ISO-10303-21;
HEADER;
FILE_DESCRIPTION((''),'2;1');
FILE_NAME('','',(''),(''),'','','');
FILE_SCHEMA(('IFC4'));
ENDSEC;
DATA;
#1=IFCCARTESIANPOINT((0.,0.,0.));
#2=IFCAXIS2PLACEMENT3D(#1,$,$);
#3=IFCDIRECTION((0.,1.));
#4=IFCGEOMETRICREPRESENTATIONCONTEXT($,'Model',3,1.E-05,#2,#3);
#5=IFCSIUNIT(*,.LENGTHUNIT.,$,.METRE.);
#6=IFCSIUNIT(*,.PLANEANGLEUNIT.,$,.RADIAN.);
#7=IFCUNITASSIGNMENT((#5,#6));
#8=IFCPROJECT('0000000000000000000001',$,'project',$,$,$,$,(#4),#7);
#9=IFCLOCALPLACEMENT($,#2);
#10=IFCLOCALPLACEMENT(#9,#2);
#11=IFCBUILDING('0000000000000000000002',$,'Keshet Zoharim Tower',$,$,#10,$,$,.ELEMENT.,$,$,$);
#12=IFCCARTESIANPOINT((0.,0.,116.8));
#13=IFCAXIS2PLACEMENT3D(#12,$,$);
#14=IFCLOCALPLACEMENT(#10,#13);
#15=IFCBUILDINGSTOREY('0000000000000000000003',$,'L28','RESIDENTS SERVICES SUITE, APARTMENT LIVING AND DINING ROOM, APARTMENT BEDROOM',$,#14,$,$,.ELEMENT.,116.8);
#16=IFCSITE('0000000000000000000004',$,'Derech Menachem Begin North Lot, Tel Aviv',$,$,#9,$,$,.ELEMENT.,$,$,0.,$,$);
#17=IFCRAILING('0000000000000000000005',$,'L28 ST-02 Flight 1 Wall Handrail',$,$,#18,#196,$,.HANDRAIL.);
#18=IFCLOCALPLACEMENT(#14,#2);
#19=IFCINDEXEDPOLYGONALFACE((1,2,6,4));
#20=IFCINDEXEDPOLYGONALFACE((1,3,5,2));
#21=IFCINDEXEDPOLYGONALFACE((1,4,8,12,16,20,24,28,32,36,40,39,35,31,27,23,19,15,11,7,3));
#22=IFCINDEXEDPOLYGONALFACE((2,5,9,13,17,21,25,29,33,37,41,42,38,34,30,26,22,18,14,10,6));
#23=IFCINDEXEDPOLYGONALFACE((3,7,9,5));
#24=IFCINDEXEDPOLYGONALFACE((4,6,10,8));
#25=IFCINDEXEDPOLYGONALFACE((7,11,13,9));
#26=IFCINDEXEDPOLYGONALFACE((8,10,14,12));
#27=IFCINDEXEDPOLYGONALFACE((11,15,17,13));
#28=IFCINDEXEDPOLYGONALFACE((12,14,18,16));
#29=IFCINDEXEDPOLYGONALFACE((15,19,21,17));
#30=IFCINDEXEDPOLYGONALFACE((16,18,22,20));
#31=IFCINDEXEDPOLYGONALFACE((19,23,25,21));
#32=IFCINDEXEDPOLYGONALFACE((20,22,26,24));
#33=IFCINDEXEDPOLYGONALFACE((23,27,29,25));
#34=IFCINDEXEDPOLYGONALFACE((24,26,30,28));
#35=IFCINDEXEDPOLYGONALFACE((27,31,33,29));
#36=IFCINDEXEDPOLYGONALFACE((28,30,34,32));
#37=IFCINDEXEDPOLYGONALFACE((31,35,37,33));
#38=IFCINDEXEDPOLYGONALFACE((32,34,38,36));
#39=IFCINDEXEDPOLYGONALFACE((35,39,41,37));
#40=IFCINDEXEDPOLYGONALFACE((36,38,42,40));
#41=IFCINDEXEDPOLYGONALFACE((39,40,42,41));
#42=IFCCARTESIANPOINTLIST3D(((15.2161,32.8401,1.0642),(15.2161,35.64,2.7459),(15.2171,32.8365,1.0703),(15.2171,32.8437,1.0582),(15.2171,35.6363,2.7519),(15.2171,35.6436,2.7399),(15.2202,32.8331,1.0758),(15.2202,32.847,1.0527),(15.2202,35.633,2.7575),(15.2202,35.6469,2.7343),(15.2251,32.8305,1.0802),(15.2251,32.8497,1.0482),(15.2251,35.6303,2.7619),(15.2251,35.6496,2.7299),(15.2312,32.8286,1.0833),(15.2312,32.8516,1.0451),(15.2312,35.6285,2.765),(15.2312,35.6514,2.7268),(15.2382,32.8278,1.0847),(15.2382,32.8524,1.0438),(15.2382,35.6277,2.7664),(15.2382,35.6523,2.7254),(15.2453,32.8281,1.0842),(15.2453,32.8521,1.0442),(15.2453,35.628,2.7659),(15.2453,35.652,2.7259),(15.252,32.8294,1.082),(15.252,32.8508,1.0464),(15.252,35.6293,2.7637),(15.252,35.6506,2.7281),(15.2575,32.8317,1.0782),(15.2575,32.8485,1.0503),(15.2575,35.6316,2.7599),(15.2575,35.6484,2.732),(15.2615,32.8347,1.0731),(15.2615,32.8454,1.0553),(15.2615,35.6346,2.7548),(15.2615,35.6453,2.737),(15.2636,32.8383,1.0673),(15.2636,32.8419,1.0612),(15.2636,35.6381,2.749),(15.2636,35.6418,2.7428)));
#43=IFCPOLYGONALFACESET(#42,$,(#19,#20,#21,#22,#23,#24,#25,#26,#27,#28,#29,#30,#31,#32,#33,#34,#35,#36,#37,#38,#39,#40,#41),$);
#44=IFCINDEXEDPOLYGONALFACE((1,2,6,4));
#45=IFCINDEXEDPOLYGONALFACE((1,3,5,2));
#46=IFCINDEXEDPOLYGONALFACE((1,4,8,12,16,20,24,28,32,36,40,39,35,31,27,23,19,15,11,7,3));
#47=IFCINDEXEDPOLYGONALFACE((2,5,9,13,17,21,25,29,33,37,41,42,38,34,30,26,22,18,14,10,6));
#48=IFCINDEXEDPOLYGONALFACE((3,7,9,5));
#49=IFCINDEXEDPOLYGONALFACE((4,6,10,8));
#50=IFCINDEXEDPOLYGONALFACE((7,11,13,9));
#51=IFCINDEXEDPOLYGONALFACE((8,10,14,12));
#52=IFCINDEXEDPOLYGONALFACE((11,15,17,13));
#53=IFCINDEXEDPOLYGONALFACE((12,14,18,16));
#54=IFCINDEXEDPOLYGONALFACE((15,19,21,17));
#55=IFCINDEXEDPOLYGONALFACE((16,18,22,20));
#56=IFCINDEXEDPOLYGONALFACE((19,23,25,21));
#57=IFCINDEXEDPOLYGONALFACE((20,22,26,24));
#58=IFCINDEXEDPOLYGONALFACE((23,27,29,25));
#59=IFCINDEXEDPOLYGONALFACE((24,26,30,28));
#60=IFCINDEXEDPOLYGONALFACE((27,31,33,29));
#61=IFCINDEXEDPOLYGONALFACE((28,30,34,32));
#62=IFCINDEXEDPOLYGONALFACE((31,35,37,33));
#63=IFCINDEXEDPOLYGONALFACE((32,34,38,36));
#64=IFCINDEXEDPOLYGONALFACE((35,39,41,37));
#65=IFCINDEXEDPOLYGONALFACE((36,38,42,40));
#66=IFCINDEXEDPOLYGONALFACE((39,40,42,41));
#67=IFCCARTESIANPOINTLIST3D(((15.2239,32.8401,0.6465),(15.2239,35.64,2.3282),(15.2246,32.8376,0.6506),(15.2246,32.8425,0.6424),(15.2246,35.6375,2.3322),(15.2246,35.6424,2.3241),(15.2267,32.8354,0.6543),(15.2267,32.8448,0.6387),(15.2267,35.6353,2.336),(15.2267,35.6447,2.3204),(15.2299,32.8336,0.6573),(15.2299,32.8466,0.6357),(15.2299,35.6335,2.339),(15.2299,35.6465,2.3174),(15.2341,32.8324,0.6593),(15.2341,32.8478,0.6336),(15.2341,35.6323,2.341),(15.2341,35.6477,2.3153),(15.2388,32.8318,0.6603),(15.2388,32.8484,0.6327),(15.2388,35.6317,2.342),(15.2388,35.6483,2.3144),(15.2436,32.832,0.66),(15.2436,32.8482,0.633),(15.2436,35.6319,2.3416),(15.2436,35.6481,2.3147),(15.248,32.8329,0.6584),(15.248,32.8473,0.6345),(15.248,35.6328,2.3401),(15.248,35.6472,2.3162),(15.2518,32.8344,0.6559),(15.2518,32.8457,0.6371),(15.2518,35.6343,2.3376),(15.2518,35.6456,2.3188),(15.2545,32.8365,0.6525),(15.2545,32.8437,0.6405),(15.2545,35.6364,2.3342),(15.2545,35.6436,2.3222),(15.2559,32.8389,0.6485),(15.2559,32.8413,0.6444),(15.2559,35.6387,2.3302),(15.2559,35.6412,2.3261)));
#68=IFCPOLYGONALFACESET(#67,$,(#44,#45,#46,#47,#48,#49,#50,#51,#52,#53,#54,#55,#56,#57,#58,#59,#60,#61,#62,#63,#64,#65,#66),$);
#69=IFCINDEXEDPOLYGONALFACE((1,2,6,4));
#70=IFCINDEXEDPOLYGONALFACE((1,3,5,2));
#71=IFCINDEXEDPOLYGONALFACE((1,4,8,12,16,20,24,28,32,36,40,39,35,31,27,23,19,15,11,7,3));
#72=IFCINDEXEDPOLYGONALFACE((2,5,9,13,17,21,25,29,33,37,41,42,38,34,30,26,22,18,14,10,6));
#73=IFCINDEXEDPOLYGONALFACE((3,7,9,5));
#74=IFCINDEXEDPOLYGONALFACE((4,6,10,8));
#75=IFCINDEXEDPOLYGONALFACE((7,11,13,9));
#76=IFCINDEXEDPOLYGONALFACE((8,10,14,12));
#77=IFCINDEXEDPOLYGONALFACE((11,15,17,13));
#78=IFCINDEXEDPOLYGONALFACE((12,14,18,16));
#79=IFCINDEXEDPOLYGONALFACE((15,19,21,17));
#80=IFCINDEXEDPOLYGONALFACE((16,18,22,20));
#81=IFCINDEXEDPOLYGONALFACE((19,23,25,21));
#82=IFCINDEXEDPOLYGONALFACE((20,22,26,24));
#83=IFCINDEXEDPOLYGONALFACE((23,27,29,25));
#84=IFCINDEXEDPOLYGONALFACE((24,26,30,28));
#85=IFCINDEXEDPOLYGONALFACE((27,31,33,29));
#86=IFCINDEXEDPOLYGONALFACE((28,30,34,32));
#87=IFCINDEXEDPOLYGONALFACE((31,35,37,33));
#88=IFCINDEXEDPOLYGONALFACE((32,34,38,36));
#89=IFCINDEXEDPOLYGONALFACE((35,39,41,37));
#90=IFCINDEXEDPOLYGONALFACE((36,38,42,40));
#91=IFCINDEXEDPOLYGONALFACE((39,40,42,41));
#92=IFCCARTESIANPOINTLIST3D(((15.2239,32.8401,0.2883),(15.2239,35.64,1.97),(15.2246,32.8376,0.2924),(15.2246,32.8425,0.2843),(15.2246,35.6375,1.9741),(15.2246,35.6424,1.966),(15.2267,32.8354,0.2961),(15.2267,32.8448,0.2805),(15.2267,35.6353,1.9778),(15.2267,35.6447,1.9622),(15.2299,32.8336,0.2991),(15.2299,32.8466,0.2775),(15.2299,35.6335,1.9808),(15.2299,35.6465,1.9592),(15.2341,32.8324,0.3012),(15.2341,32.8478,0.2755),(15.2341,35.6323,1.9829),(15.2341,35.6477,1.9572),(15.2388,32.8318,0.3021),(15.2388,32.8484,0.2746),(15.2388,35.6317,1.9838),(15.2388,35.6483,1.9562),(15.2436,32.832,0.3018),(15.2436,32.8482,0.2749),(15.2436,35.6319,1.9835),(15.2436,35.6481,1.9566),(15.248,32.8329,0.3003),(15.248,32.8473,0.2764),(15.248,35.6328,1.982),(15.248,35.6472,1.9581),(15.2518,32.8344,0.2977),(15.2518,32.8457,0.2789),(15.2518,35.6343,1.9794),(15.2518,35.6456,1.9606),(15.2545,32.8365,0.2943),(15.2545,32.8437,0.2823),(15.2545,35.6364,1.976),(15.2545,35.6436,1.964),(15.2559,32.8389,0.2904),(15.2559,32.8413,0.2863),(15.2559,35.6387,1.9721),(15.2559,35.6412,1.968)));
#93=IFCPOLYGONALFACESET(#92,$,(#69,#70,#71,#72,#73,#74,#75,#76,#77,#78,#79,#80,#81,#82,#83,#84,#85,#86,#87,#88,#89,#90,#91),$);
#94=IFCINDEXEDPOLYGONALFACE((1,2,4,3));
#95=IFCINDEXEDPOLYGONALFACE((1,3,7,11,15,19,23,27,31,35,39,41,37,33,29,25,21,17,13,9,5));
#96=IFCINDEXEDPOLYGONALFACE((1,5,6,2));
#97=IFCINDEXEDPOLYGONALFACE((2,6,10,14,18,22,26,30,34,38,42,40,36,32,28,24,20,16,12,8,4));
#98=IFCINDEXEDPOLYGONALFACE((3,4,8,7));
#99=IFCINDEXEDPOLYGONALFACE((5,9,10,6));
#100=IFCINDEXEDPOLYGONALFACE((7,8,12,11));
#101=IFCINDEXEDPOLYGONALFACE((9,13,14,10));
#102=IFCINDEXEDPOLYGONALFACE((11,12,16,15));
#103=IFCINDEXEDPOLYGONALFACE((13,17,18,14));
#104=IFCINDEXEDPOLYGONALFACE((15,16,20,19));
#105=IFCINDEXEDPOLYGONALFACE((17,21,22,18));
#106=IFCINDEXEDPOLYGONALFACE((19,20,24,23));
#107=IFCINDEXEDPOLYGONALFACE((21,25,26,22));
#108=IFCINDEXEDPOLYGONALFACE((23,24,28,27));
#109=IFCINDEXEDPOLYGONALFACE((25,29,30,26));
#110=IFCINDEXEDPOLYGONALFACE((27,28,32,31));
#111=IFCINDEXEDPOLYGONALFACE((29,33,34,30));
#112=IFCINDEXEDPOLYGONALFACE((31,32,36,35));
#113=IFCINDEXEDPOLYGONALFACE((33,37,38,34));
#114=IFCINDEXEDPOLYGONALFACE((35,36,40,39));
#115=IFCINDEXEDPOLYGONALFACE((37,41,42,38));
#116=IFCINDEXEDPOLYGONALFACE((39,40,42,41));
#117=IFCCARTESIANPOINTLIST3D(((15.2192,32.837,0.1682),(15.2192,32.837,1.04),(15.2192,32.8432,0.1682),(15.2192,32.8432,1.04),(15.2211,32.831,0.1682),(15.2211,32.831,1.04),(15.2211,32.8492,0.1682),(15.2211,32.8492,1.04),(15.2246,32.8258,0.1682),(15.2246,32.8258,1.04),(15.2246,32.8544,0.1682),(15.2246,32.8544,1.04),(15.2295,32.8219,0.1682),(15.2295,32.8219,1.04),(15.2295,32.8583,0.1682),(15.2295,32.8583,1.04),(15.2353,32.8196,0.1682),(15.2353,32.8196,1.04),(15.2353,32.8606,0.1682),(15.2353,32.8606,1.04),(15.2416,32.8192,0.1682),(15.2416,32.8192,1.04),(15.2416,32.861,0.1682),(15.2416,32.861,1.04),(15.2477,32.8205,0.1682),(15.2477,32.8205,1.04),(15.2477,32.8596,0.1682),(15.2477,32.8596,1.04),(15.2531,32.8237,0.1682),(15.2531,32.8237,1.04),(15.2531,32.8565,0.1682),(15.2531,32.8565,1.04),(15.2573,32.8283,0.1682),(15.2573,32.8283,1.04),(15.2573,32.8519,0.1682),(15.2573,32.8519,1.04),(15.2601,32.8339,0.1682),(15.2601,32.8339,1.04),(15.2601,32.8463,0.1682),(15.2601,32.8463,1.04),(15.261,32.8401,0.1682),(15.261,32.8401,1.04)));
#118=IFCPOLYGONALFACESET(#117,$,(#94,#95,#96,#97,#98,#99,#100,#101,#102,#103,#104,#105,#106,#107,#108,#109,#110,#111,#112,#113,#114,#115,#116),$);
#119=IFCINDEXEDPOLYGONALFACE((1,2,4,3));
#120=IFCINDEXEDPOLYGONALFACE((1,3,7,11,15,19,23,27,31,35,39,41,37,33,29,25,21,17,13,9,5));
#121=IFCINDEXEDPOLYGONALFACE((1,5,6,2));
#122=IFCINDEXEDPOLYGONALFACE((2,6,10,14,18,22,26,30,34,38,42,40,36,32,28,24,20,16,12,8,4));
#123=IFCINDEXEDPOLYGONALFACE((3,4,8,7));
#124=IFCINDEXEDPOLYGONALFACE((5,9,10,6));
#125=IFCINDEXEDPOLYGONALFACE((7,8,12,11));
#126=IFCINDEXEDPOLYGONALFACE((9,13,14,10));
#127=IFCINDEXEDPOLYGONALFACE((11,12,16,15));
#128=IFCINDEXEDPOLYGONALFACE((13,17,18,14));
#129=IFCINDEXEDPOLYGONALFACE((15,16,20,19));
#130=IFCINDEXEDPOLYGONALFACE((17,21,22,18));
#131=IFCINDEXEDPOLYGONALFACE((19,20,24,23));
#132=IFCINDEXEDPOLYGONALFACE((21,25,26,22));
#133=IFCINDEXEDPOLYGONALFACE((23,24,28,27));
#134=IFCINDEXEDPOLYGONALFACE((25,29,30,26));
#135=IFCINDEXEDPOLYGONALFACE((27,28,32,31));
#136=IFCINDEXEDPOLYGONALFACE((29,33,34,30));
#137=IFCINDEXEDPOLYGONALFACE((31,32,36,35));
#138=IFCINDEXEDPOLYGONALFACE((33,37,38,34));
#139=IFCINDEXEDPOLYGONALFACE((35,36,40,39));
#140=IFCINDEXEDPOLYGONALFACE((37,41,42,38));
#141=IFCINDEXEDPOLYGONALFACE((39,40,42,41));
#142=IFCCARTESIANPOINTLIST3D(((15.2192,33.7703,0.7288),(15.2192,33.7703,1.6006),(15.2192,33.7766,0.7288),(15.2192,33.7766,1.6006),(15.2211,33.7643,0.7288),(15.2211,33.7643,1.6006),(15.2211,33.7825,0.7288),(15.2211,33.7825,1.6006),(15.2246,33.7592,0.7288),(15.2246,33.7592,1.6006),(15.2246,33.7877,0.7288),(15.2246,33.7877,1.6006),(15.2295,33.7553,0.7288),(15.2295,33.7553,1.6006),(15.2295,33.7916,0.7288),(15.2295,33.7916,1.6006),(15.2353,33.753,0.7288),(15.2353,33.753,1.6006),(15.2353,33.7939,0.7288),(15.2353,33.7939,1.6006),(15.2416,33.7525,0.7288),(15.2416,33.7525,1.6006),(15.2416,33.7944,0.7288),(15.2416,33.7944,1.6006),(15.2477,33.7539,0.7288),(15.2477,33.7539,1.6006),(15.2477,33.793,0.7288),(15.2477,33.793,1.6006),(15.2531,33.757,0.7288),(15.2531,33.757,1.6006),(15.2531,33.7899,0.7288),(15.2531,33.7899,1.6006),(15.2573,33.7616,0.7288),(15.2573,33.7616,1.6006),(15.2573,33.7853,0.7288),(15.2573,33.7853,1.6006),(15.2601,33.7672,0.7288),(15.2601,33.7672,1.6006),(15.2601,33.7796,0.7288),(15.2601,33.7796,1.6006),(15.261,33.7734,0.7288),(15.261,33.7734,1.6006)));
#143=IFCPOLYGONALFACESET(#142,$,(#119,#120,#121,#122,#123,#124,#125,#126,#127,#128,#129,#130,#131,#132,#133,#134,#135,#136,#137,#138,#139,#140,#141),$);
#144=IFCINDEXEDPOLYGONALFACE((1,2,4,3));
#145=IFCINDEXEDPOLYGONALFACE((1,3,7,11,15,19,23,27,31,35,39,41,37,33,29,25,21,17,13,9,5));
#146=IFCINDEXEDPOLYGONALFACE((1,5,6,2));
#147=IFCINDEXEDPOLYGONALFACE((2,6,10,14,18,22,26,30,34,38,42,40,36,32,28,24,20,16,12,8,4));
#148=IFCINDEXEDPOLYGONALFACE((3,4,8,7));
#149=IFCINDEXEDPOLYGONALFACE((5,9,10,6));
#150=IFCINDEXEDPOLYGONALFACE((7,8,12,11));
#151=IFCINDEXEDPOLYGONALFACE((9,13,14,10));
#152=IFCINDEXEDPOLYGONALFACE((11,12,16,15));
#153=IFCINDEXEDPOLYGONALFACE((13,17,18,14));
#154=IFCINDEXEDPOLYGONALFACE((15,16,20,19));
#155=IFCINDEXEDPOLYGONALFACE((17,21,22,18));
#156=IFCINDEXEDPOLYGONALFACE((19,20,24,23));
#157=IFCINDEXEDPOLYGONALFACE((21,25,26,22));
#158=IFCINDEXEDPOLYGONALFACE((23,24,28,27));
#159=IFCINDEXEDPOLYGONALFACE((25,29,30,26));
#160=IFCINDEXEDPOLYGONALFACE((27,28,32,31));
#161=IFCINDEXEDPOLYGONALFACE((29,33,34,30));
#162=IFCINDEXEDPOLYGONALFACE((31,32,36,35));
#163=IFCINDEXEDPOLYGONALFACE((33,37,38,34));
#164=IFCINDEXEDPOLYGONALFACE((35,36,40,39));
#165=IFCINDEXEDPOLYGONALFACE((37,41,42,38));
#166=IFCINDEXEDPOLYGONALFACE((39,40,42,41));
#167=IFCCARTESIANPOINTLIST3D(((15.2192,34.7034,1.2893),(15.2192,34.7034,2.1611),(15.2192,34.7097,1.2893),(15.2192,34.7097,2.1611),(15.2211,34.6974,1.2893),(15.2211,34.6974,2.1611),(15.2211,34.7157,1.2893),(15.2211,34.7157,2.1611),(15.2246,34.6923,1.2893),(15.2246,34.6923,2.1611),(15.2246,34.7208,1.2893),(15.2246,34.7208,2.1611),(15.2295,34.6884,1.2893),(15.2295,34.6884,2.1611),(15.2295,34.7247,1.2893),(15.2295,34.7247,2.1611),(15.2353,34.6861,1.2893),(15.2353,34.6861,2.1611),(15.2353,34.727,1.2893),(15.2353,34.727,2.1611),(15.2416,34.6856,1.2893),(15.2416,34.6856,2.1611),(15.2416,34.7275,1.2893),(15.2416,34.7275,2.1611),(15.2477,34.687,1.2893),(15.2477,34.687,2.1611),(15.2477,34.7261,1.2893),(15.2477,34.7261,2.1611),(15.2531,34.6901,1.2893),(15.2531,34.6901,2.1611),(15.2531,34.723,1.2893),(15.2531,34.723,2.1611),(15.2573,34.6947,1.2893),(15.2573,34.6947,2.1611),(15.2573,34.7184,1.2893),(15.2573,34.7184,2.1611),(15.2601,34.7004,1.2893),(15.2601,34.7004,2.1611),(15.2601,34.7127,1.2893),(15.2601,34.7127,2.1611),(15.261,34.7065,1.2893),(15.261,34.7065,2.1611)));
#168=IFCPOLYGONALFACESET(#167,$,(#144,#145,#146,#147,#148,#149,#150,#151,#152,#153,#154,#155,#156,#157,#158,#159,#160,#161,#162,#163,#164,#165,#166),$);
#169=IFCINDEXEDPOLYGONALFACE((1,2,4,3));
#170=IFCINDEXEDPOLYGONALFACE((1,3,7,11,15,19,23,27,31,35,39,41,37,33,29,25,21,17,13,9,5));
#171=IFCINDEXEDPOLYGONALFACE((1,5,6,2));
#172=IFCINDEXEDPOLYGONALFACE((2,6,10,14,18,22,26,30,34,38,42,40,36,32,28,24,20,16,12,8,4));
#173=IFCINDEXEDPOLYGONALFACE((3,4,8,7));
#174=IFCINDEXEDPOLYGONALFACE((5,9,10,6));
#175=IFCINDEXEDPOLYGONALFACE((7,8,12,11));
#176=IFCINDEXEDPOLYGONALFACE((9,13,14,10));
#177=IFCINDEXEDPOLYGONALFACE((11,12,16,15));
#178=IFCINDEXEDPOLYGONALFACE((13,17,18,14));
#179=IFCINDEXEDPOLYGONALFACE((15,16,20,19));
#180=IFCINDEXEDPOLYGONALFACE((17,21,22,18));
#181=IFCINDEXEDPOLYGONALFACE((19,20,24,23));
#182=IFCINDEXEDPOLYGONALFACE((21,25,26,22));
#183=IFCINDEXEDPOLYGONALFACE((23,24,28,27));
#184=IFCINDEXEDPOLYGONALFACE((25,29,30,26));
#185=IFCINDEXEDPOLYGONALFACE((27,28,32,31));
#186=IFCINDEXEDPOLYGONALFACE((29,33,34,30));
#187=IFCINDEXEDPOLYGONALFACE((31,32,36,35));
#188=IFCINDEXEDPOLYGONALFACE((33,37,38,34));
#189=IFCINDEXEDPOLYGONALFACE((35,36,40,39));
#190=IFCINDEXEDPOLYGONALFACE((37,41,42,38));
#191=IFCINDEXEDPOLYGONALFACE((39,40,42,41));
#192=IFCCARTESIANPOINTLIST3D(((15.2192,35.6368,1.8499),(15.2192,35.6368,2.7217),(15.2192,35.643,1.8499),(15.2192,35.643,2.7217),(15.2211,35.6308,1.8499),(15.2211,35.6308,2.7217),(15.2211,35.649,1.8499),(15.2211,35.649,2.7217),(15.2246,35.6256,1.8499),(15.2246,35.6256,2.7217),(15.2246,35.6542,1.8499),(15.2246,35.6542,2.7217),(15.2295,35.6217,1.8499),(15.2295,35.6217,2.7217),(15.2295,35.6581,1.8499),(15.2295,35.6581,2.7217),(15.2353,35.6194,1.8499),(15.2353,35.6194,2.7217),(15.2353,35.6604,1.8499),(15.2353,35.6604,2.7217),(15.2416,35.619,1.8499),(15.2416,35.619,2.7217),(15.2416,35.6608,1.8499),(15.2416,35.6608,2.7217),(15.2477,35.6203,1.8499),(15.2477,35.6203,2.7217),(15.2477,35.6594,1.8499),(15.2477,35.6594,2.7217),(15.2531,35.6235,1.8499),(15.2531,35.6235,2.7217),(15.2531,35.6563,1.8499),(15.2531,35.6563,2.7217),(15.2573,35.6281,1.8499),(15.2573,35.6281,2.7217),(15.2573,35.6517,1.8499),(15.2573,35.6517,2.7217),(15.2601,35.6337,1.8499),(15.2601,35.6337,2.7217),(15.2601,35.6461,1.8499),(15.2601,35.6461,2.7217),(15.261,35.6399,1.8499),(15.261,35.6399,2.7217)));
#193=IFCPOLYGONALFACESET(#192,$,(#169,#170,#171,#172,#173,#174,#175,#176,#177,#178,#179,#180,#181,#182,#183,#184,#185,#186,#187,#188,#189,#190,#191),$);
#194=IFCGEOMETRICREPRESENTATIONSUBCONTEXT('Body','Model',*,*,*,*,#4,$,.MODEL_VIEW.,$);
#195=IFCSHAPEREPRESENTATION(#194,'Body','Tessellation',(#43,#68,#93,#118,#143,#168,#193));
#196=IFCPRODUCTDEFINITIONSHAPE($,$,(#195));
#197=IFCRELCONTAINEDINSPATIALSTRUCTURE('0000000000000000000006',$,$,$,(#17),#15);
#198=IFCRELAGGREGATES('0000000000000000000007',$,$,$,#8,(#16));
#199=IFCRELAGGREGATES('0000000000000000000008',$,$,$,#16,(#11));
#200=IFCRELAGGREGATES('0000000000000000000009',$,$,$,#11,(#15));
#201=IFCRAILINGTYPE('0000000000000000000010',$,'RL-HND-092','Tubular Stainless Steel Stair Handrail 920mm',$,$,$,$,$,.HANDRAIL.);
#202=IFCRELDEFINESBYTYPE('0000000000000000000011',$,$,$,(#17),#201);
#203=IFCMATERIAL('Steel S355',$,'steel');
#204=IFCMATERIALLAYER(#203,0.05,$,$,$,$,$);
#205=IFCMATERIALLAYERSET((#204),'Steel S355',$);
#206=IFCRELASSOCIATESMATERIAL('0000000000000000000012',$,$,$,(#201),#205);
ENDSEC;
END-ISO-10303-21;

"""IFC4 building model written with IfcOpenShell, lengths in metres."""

from ifc_helpers import new_model, si_unit, direction, frame, origin, origin_2d, place, context, subcontext, project, spatial, circle, extrude, material, layer, layer_set, type_object, element, save


model = new_model("IFC4")

# Units and contexts
model_context = context("Model", 3, precision=1e-05, world=origin(), true_north=direction((0.0, 1.0)))
body_context = subcontext(model_context, "Body", "Model", "MODEL_VIEW")
ifc_project = project(units=[si_unit("LENGTHUNIT", "METRE"), si_unit("PLANEANGLEUNIT", "RADIAN")], contexts=[model_context])

# Site, building, storey
site_placement = place(None, origin())
site = spatial("IfcSite", under=ifc_project, at=site_placement, Name="Derech Menachem Begin North Lot, Tel Aviv", CompositionType="ELEMENT", RefElevation=0.0)
building_placement = place(site_placement, origin())
building = spatial("IfcBuilding", under=site, at=building_placement, Name="Keshet Zoharim Tower", CompositionType="ELEMENT")
storey_placement = place(building_placement, frame((0.0, 0.0, 116.8)))
storey = spatial("IfcBuildingStorey", under=building, at=storey_placement, Name="L28", Description="RESIDENTS SERVICES SUITE, APARTMENT LIVING AND DINING ROOM, APARTMENT BEDROOM", CompositionType="ELEMENT", Elevation=116.8)

# Shared definitions
ifc_material_1 = material(Name="Steel S355", Category="steel")

# Railing
ifc_layer_1 = layer(ifc_material_1, 0.05)
ifc_layer_set_1 = layer_set([ifc_layer_1], Name="Steel S355")
railing_type_1 = type_object("IfcRailingType", Name="RL-HND-092", Description="Tubular Stainless Steel Stair Handrail 920mm", PredefinedType="HANDRAIL", material=ifc_layer_set_1)
railing_1_placement = place(storey_placement, frame((15.24, 32.8401, 0.1682)))
element("IfcRailing", 1, at=railing_1_placement, inside=storey, type_object=railing_type_1, Name="L28 ST-02 Flight 1 Wall Handrail", PredefinedType="HANDRAIL", context=body_context, shape_type="SweptSolid", body=[
    extrude(circle(Radius=0.0239, at=origin_2d()), frame((0.0, 0.0, 0.896), z_axis=(0.0, 0.857255, 0.514891), x_axis=(-1.0, 0.0, 0.0)), (0.0, 0.0, 1.0), 3.2661),
    extrude(circle(Radius=0.0161, at=origin_2d()), frame((0.0, 0.0, 0.4783), z_axis=(0.0, 0.857255, 0.514891), x_axis=(-1.0, 0.0, 0.0)), (0.0, 0.0, 1.0), 3.2661),
    extrude(circle(Radius=0.0161, at=origin_2d()), frame((0.0, 0.0, 0.1201), z_axis=(0.0, 0.857255, 0.514891), x_axis=(-1.0, 0.0, 0.0)), (0.0, 0.0, 1.0), 3.2661),
    extrude(circle(Radius=0.021, at=origin_2d()), origin(), (0.0, 0.0, 1.0), 0.8718),
    extrude(circle(Radius=0.021, at=origin_2d()), frame((0.0, 0.9333, 0.5605)), (0.0, 0.0, 1.0), 0.8718),
    extrude(circle(Radius=0.021, at=origin_2d()), frame((0.0, 1.8665, 1.1211)), (0.0, 0.0, 1.0), 0.8718),
    extrude(circle(Radius=0.021, at=origin_2d()), frame((0.0, 2.7998, 1.6816)), (0.0, 0.0, 1.0), 0.8718),
])

save(model, "model.ifc")
